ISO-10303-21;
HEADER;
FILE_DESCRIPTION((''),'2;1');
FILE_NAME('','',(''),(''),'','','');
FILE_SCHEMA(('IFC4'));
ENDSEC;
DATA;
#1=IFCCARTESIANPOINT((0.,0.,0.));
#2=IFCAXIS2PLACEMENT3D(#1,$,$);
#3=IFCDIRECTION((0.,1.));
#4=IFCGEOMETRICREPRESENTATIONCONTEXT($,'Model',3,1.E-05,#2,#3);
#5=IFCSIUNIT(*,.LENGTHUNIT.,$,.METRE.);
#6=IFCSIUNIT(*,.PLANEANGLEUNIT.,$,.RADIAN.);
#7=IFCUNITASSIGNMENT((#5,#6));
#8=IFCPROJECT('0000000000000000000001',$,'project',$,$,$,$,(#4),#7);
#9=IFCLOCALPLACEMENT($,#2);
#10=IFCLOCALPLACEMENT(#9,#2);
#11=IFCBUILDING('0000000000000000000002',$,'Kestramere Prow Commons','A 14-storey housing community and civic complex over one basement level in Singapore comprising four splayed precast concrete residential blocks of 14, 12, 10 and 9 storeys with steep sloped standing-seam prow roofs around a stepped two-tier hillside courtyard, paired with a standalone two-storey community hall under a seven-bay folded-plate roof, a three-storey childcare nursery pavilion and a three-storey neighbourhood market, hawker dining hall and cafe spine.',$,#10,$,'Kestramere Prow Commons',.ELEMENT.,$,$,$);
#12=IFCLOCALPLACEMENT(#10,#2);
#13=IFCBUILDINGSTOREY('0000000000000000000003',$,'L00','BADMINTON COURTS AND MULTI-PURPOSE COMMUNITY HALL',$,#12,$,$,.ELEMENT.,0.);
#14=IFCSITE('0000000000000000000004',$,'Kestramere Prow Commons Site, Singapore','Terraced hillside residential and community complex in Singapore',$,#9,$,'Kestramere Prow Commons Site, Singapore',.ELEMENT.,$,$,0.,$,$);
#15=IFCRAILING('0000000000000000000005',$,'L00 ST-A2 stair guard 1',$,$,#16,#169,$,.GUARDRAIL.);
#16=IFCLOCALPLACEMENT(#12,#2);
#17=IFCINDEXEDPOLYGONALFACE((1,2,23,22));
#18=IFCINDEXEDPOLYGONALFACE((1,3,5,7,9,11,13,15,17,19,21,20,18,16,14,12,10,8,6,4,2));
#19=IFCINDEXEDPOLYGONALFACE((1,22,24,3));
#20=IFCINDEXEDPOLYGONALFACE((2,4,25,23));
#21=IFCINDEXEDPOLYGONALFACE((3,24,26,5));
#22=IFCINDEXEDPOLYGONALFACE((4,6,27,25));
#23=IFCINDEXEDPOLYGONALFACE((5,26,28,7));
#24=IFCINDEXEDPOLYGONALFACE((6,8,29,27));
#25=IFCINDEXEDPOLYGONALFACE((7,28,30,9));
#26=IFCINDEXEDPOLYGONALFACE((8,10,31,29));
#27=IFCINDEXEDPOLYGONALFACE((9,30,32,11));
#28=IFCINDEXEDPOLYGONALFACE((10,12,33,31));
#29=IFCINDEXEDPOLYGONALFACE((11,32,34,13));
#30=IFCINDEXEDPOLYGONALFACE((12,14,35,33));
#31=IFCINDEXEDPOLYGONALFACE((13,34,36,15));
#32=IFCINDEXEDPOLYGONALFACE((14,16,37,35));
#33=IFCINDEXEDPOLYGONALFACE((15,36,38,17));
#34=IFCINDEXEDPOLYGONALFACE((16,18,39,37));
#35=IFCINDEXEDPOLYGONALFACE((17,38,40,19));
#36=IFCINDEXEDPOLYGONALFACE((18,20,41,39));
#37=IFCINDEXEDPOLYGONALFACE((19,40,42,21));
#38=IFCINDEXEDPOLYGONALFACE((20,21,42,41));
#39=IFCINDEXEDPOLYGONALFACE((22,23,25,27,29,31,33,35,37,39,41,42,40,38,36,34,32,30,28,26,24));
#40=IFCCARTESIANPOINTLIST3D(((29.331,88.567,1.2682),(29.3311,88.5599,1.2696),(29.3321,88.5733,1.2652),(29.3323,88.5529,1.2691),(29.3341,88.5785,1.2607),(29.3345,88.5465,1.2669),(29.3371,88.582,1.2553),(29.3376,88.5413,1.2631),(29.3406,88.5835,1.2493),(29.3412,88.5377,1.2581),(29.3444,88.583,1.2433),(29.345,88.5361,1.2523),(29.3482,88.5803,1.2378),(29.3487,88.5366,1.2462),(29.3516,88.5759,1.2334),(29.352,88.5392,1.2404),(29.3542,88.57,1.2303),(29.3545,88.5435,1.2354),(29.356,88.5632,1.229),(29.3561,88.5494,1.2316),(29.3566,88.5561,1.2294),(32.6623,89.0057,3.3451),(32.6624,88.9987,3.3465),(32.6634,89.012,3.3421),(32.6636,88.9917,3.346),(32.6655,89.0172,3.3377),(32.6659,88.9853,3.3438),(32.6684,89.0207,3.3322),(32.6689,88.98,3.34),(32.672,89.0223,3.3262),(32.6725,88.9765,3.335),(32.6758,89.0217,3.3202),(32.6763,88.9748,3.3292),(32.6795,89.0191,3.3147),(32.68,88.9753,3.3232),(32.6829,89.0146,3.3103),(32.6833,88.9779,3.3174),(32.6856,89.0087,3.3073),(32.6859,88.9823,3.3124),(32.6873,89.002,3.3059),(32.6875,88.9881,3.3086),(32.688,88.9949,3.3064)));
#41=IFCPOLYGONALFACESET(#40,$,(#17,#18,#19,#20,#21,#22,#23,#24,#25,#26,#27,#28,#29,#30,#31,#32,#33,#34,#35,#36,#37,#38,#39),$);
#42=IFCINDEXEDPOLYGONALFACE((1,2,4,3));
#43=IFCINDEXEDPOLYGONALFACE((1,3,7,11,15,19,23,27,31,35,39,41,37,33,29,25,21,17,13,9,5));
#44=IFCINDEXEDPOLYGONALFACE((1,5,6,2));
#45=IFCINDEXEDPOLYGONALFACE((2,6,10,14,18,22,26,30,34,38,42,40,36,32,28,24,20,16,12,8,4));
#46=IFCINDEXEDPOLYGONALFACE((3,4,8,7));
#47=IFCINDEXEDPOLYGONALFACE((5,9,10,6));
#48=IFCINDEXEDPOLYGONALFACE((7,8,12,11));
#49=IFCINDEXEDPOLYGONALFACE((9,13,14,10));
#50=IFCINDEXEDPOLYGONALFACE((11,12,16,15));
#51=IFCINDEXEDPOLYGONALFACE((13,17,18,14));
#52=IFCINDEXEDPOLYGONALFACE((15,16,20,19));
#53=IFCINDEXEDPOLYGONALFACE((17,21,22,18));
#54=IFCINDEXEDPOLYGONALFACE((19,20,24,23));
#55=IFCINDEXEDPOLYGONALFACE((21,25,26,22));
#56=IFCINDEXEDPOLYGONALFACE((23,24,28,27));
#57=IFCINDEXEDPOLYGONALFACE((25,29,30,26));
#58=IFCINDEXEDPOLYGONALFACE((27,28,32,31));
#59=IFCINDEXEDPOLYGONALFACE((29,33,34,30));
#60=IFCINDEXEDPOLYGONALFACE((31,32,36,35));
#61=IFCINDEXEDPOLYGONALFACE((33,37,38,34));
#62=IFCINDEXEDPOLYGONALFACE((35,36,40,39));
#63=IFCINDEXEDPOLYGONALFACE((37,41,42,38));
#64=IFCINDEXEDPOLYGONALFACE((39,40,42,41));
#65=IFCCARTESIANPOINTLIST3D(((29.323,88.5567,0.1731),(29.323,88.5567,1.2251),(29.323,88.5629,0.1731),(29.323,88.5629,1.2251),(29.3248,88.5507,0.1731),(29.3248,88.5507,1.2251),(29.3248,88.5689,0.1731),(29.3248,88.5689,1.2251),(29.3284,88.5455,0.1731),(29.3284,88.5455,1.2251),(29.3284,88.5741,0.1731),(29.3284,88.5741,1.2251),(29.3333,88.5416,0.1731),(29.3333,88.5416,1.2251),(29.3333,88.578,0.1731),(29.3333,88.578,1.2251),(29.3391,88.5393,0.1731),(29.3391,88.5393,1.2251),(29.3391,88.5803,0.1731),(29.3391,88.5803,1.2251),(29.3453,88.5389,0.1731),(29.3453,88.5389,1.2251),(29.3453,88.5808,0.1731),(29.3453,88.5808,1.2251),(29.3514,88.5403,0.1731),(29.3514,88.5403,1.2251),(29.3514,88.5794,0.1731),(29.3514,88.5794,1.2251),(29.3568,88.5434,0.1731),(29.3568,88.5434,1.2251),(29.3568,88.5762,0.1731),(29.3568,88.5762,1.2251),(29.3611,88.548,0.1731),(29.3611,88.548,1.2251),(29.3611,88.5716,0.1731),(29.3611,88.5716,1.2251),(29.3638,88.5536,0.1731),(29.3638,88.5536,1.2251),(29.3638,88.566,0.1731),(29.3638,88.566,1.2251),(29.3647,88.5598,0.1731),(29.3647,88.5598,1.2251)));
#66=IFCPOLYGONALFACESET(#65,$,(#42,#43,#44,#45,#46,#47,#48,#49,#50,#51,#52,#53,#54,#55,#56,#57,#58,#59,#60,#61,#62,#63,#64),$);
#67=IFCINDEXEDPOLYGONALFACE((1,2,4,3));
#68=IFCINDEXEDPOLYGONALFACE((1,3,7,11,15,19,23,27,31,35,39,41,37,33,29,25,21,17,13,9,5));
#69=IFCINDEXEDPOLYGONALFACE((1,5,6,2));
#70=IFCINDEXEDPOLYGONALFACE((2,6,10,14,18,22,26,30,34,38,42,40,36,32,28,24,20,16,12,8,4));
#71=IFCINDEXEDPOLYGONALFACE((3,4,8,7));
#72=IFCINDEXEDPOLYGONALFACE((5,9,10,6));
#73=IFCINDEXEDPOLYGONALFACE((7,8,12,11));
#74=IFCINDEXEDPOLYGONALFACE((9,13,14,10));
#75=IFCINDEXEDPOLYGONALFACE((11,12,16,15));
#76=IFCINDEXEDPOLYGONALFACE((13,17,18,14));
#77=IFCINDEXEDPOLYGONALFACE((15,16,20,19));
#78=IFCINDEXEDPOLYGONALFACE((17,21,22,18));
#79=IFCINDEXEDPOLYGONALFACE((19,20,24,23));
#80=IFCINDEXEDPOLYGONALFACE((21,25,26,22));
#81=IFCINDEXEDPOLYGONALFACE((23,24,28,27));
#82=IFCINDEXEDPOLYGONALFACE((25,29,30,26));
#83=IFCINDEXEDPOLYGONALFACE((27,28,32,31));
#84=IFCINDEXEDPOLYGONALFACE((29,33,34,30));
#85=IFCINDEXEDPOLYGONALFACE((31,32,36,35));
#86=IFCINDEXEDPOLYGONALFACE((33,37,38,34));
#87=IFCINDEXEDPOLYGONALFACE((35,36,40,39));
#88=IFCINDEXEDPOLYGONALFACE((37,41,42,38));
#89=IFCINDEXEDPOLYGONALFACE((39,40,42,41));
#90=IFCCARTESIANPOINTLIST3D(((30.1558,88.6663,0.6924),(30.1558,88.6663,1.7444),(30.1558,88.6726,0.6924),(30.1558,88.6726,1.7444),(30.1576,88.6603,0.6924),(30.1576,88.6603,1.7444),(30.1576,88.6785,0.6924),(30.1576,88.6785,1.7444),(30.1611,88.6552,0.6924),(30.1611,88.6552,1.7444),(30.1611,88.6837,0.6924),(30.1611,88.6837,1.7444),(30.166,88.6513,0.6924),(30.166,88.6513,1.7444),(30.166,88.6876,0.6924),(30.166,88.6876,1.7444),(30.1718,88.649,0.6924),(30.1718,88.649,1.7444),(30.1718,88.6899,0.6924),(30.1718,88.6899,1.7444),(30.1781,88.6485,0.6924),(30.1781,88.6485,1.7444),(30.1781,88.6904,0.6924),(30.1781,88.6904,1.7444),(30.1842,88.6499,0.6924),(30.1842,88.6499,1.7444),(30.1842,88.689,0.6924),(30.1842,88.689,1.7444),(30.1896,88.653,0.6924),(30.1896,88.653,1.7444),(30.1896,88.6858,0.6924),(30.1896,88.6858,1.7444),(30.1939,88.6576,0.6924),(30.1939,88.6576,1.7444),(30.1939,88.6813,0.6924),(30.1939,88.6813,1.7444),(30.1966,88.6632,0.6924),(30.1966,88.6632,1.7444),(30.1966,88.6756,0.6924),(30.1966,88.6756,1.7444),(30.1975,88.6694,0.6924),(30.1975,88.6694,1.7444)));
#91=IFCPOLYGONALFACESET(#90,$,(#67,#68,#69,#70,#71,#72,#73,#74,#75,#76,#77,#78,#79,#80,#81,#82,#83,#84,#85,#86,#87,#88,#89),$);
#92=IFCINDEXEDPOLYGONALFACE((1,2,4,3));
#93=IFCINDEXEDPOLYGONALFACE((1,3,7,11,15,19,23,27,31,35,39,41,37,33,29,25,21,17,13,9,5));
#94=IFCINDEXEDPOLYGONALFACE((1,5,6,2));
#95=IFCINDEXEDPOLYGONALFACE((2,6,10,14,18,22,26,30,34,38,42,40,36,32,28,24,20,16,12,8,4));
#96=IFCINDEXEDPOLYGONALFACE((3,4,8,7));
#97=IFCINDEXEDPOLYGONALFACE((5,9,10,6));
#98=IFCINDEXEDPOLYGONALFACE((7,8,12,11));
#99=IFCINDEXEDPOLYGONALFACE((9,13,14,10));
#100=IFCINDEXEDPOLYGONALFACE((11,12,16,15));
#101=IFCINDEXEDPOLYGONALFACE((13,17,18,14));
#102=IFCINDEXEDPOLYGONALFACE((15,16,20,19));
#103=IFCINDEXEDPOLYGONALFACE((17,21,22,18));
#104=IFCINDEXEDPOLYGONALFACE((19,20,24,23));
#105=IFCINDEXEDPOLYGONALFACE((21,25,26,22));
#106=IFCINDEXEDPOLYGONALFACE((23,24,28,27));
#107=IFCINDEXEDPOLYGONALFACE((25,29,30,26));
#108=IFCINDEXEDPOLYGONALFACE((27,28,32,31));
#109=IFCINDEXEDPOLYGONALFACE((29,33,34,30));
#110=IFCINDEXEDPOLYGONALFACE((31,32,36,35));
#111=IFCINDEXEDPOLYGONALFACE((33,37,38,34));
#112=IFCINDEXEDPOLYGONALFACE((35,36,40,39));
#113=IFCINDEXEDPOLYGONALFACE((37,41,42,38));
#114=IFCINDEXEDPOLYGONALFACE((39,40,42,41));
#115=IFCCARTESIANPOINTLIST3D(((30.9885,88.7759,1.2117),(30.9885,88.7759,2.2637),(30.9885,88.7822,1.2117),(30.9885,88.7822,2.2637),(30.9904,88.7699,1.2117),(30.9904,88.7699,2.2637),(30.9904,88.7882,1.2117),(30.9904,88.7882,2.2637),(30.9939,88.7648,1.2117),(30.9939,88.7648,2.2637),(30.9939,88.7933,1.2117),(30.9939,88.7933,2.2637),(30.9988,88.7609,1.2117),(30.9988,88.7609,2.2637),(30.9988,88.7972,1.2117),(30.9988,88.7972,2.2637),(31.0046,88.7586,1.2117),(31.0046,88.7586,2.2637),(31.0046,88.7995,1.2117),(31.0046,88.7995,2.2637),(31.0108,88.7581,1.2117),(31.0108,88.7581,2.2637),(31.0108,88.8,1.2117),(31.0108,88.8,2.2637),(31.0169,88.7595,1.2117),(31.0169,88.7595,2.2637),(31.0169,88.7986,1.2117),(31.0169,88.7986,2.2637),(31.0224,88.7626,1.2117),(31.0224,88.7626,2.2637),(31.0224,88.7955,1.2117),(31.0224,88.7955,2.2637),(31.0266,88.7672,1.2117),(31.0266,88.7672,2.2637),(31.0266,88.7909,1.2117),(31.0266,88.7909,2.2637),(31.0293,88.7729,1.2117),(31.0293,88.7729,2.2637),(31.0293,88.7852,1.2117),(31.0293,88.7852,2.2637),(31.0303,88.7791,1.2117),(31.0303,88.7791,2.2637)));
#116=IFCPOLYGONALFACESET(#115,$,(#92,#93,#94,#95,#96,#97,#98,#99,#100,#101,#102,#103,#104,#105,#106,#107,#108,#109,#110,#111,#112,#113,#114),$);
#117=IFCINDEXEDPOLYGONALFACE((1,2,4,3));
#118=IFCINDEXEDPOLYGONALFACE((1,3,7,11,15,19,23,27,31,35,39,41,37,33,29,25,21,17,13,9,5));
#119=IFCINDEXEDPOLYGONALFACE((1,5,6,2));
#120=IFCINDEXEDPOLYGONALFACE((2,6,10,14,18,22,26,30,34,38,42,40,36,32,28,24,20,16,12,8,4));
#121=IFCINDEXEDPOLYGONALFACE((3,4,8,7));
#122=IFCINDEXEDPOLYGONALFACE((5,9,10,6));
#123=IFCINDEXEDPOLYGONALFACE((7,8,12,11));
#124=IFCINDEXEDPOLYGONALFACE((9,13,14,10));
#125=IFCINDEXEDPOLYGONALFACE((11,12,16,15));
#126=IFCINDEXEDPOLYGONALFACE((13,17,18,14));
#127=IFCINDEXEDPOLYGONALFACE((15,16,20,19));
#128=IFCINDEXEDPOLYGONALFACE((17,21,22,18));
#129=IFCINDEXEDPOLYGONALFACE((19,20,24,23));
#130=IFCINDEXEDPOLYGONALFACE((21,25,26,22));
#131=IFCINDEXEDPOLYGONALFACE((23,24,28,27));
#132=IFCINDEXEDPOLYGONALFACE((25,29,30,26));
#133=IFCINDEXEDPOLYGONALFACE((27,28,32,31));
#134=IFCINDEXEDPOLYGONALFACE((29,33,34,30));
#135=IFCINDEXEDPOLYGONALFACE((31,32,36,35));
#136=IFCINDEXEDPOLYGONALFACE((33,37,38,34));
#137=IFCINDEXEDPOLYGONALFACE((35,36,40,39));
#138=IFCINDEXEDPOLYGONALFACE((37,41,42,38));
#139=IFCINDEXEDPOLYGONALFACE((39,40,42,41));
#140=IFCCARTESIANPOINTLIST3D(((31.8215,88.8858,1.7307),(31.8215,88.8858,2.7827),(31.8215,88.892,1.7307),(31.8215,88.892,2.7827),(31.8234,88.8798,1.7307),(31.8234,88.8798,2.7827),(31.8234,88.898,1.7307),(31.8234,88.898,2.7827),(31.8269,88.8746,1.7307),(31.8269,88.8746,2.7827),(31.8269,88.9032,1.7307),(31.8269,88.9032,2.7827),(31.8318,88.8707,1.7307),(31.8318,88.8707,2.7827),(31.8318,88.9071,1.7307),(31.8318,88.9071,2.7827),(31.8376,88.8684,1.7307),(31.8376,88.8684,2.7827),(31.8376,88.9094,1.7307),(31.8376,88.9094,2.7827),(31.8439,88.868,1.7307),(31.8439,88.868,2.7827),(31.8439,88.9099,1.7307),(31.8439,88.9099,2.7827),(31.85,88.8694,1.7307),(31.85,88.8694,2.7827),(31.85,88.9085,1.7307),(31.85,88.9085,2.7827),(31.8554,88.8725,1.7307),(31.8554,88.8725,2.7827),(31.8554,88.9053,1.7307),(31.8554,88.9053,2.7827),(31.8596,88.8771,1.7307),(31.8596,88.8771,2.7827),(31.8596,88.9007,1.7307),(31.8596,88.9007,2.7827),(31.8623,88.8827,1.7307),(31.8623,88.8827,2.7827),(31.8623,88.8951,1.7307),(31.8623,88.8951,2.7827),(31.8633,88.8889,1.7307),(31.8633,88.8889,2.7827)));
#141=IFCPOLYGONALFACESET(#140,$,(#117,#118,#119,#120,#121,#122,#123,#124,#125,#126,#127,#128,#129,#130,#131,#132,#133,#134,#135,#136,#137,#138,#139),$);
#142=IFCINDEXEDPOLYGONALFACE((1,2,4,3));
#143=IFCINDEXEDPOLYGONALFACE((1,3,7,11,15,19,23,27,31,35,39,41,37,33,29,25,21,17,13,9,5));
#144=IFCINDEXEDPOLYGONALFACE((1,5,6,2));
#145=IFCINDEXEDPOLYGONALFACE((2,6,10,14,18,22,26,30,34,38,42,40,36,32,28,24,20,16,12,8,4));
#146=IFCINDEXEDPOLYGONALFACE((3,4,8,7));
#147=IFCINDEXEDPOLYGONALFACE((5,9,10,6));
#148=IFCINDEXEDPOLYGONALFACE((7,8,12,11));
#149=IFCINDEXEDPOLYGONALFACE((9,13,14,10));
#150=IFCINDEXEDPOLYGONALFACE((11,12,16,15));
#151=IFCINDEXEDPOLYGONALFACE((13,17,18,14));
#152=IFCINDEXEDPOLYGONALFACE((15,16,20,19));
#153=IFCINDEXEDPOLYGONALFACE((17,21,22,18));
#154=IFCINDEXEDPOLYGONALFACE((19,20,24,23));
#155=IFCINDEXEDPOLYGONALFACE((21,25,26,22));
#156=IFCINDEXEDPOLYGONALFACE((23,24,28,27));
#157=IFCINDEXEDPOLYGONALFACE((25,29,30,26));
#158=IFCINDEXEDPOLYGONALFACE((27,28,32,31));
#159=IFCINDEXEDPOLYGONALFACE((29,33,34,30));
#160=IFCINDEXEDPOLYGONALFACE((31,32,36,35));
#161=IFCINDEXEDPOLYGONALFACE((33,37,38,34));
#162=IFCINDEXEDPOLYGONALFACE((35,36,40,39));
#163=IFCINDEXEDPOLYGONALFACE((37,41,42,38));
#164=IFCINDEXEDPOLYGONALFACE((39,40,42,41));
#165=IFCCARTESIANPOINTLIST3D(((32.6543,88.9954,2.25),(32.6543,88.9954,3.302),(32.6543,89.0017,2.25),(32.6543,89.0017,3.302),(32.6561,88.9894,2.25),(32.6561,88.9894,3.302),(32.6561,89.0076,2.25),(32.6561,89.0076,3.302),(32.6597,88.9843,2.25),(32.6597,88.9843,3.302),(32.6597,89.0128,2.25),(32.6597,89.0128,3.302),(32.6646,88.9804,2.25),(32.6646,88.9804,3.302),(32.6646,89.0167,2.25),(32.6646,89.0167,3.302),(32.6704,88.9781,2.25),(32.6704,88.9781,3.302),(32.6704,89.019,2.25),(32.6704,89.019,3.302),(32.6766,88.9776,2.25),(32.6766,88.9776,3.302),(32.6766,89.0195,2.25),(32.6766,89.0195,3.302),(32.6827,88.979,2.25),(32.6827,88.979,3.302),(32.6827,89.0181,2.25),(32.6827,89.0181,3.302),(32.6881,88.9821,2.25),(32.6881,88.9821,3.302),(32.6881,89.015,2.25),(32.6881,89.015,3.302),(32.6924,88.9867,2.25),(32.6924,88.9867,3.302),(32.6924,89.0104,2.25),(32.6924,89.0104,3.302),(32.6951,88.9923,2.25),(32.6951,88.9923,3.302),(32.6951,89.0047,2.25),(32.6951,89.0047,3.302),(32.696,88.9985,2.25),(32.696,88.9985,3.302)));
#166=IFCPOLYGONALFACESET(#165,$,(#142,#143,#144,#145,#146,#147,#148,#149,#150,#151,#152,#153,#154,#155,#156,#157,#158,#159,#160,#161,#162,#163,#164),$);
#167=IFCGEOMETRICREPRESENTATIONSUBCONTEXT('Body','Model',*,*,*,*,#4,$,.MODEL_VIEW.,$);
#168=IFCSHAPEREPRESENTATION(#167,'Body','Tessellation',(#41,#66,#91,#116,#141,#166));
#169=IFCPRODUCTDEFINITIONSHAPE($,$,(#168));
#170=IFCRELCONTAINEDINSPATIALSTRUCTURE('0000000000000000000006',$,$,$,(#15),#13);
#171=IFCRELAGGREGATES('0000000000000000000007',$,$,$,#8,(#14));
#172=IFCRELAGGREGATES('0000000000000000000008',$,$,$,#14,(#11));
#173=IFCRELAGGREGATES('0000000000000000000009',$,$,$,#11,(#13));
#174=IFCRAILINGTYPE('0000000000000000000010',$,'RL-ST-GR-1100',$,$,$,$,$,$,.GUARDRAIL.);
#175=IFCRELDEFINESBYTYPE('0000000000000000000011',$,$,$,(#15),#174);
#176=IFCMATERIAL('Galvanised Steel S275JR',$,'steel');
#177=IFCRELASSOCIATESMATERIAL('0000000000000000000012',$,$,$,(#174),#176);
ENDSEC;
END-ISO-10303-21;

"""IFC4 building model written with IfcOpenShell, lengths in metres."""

from ifc_helpers import new_model, si_unit, direction, frame, origin, origin_2d, place, context, subcontext, project, spatial, circle, extrude, material, type_object, element, save


model = new_model("IFC4")

# Units and contexts
model_context = context("Model", 3, precision=1e-05, world=origin(), true_north=direction((0.0, 1.0)))
body_context = subcontext(model_context, "Body", "Model", "MODEL_VIEW")
ifc_project = project(units=[si_unit("LENGTHUNIT", "METRE"), si_unit("PLANEANGLEUNIT", "RADIAN")], contexts=[model_context])

# Site, building, storey
site_placement = place(None, origin())
site = spatial("IfcSite", under=ifc_project, at=site_placement, Name="Kestramere Prow Commons Site, Singapore", Description="Terraced hillside residential and community complex in Singapore", LongName="Kestramere Prow Commons Site, Singapore", CompositionType="ELEMENT", RefElevation=0.0)
building_placement = place(site_placement, origin())
building = spatial("IfcBuilding", under=site, at=building_placement, Name="Kestramere Prow Commons", Description="A 14-storey housing community and civic complex over one basement level in Singapore comprising four splayed precast concrete residential blocks of 14, 12, 10 and 9 storeys with steep sloped standing-seam prow roofs around a stepped two-tier hillside courtyard, paired with a standalone two-storey community hall under a seven-bay folded-plate roof, a three-storey childcare nursery pavilion and a three-storey neighbourhood market, hawker dining hall and cafe spine.", LongName="Kestramere Prow Commons", CompositionType="ELEMENT")
storey_placement = place(building_placement, origin())
storey = spatial("IfcBuildingStorey", under=building, at=storey_placement, Name="L00", Description="BADMINTON COURTS AND MULTI-PURPOSE COMMUNITY HALL", CompositionType="ELEMENT", Elevation=0.0)

# Railing
ifc_material_1 = material(Name="Galvanised Steel S275JR", Category="steel")
railing_type_1 = type_object("IfcRailingType", Name="RL-ST-GR-1100", PredefinedType="GUARDRAIL", material=ifc_material_1)
railing_1_placement = place(storey_placement, frame((29.3438, 88.5598, 0.1731)))
element("IfcRailing", 1, at=railing_1_placement, inside=storey, type_object=railing_type_1, Name="L00 ST-A2 stair guard 1", PredefinedType="GUARDRAIL", context=body_context, shape_type="SweptSolid", body=[
    extrude(circle(Radius=0.0239, at=origin_2d()), frame((0.0, 0.0, 1.0762), z_axis=(0.843338, 0.111065, 0.525781), x_axis=(-0.130569, 0.991439, 0.0)), (0.0, 0.0, 1.0), 3.9502),
    extrude(circle(Radius=0.021, at=origin_2d()), origin(), (0.0, 0.0, 1.0), 1.052),
    extrude(circle(Radius=0.021, at=origin_2d()), frame((0.8328, 0.1096, 0.5193)), (0.0, 0.0, 1.0), 1.052),
    extrude(circle(Radius=0.021, at=origin_2d()), frame((1.6655, 0.2192, 1.0386)), (0.0, 0.0, 1.0), 1.052),
    extrude(circle(Radius=0.021, at=origin_2d()), frame((2.4985, 0.3291, 1.5576)), (0.0, 0.0, 1.0), 1.052),
    extrude(circle(Radius=0.021, at=origin_2d()), frame((3.3313, 0.4387, 2.0769)), (0.0, 0.0, 1.0), 1.052),
])

save(model, "model.ifc")
